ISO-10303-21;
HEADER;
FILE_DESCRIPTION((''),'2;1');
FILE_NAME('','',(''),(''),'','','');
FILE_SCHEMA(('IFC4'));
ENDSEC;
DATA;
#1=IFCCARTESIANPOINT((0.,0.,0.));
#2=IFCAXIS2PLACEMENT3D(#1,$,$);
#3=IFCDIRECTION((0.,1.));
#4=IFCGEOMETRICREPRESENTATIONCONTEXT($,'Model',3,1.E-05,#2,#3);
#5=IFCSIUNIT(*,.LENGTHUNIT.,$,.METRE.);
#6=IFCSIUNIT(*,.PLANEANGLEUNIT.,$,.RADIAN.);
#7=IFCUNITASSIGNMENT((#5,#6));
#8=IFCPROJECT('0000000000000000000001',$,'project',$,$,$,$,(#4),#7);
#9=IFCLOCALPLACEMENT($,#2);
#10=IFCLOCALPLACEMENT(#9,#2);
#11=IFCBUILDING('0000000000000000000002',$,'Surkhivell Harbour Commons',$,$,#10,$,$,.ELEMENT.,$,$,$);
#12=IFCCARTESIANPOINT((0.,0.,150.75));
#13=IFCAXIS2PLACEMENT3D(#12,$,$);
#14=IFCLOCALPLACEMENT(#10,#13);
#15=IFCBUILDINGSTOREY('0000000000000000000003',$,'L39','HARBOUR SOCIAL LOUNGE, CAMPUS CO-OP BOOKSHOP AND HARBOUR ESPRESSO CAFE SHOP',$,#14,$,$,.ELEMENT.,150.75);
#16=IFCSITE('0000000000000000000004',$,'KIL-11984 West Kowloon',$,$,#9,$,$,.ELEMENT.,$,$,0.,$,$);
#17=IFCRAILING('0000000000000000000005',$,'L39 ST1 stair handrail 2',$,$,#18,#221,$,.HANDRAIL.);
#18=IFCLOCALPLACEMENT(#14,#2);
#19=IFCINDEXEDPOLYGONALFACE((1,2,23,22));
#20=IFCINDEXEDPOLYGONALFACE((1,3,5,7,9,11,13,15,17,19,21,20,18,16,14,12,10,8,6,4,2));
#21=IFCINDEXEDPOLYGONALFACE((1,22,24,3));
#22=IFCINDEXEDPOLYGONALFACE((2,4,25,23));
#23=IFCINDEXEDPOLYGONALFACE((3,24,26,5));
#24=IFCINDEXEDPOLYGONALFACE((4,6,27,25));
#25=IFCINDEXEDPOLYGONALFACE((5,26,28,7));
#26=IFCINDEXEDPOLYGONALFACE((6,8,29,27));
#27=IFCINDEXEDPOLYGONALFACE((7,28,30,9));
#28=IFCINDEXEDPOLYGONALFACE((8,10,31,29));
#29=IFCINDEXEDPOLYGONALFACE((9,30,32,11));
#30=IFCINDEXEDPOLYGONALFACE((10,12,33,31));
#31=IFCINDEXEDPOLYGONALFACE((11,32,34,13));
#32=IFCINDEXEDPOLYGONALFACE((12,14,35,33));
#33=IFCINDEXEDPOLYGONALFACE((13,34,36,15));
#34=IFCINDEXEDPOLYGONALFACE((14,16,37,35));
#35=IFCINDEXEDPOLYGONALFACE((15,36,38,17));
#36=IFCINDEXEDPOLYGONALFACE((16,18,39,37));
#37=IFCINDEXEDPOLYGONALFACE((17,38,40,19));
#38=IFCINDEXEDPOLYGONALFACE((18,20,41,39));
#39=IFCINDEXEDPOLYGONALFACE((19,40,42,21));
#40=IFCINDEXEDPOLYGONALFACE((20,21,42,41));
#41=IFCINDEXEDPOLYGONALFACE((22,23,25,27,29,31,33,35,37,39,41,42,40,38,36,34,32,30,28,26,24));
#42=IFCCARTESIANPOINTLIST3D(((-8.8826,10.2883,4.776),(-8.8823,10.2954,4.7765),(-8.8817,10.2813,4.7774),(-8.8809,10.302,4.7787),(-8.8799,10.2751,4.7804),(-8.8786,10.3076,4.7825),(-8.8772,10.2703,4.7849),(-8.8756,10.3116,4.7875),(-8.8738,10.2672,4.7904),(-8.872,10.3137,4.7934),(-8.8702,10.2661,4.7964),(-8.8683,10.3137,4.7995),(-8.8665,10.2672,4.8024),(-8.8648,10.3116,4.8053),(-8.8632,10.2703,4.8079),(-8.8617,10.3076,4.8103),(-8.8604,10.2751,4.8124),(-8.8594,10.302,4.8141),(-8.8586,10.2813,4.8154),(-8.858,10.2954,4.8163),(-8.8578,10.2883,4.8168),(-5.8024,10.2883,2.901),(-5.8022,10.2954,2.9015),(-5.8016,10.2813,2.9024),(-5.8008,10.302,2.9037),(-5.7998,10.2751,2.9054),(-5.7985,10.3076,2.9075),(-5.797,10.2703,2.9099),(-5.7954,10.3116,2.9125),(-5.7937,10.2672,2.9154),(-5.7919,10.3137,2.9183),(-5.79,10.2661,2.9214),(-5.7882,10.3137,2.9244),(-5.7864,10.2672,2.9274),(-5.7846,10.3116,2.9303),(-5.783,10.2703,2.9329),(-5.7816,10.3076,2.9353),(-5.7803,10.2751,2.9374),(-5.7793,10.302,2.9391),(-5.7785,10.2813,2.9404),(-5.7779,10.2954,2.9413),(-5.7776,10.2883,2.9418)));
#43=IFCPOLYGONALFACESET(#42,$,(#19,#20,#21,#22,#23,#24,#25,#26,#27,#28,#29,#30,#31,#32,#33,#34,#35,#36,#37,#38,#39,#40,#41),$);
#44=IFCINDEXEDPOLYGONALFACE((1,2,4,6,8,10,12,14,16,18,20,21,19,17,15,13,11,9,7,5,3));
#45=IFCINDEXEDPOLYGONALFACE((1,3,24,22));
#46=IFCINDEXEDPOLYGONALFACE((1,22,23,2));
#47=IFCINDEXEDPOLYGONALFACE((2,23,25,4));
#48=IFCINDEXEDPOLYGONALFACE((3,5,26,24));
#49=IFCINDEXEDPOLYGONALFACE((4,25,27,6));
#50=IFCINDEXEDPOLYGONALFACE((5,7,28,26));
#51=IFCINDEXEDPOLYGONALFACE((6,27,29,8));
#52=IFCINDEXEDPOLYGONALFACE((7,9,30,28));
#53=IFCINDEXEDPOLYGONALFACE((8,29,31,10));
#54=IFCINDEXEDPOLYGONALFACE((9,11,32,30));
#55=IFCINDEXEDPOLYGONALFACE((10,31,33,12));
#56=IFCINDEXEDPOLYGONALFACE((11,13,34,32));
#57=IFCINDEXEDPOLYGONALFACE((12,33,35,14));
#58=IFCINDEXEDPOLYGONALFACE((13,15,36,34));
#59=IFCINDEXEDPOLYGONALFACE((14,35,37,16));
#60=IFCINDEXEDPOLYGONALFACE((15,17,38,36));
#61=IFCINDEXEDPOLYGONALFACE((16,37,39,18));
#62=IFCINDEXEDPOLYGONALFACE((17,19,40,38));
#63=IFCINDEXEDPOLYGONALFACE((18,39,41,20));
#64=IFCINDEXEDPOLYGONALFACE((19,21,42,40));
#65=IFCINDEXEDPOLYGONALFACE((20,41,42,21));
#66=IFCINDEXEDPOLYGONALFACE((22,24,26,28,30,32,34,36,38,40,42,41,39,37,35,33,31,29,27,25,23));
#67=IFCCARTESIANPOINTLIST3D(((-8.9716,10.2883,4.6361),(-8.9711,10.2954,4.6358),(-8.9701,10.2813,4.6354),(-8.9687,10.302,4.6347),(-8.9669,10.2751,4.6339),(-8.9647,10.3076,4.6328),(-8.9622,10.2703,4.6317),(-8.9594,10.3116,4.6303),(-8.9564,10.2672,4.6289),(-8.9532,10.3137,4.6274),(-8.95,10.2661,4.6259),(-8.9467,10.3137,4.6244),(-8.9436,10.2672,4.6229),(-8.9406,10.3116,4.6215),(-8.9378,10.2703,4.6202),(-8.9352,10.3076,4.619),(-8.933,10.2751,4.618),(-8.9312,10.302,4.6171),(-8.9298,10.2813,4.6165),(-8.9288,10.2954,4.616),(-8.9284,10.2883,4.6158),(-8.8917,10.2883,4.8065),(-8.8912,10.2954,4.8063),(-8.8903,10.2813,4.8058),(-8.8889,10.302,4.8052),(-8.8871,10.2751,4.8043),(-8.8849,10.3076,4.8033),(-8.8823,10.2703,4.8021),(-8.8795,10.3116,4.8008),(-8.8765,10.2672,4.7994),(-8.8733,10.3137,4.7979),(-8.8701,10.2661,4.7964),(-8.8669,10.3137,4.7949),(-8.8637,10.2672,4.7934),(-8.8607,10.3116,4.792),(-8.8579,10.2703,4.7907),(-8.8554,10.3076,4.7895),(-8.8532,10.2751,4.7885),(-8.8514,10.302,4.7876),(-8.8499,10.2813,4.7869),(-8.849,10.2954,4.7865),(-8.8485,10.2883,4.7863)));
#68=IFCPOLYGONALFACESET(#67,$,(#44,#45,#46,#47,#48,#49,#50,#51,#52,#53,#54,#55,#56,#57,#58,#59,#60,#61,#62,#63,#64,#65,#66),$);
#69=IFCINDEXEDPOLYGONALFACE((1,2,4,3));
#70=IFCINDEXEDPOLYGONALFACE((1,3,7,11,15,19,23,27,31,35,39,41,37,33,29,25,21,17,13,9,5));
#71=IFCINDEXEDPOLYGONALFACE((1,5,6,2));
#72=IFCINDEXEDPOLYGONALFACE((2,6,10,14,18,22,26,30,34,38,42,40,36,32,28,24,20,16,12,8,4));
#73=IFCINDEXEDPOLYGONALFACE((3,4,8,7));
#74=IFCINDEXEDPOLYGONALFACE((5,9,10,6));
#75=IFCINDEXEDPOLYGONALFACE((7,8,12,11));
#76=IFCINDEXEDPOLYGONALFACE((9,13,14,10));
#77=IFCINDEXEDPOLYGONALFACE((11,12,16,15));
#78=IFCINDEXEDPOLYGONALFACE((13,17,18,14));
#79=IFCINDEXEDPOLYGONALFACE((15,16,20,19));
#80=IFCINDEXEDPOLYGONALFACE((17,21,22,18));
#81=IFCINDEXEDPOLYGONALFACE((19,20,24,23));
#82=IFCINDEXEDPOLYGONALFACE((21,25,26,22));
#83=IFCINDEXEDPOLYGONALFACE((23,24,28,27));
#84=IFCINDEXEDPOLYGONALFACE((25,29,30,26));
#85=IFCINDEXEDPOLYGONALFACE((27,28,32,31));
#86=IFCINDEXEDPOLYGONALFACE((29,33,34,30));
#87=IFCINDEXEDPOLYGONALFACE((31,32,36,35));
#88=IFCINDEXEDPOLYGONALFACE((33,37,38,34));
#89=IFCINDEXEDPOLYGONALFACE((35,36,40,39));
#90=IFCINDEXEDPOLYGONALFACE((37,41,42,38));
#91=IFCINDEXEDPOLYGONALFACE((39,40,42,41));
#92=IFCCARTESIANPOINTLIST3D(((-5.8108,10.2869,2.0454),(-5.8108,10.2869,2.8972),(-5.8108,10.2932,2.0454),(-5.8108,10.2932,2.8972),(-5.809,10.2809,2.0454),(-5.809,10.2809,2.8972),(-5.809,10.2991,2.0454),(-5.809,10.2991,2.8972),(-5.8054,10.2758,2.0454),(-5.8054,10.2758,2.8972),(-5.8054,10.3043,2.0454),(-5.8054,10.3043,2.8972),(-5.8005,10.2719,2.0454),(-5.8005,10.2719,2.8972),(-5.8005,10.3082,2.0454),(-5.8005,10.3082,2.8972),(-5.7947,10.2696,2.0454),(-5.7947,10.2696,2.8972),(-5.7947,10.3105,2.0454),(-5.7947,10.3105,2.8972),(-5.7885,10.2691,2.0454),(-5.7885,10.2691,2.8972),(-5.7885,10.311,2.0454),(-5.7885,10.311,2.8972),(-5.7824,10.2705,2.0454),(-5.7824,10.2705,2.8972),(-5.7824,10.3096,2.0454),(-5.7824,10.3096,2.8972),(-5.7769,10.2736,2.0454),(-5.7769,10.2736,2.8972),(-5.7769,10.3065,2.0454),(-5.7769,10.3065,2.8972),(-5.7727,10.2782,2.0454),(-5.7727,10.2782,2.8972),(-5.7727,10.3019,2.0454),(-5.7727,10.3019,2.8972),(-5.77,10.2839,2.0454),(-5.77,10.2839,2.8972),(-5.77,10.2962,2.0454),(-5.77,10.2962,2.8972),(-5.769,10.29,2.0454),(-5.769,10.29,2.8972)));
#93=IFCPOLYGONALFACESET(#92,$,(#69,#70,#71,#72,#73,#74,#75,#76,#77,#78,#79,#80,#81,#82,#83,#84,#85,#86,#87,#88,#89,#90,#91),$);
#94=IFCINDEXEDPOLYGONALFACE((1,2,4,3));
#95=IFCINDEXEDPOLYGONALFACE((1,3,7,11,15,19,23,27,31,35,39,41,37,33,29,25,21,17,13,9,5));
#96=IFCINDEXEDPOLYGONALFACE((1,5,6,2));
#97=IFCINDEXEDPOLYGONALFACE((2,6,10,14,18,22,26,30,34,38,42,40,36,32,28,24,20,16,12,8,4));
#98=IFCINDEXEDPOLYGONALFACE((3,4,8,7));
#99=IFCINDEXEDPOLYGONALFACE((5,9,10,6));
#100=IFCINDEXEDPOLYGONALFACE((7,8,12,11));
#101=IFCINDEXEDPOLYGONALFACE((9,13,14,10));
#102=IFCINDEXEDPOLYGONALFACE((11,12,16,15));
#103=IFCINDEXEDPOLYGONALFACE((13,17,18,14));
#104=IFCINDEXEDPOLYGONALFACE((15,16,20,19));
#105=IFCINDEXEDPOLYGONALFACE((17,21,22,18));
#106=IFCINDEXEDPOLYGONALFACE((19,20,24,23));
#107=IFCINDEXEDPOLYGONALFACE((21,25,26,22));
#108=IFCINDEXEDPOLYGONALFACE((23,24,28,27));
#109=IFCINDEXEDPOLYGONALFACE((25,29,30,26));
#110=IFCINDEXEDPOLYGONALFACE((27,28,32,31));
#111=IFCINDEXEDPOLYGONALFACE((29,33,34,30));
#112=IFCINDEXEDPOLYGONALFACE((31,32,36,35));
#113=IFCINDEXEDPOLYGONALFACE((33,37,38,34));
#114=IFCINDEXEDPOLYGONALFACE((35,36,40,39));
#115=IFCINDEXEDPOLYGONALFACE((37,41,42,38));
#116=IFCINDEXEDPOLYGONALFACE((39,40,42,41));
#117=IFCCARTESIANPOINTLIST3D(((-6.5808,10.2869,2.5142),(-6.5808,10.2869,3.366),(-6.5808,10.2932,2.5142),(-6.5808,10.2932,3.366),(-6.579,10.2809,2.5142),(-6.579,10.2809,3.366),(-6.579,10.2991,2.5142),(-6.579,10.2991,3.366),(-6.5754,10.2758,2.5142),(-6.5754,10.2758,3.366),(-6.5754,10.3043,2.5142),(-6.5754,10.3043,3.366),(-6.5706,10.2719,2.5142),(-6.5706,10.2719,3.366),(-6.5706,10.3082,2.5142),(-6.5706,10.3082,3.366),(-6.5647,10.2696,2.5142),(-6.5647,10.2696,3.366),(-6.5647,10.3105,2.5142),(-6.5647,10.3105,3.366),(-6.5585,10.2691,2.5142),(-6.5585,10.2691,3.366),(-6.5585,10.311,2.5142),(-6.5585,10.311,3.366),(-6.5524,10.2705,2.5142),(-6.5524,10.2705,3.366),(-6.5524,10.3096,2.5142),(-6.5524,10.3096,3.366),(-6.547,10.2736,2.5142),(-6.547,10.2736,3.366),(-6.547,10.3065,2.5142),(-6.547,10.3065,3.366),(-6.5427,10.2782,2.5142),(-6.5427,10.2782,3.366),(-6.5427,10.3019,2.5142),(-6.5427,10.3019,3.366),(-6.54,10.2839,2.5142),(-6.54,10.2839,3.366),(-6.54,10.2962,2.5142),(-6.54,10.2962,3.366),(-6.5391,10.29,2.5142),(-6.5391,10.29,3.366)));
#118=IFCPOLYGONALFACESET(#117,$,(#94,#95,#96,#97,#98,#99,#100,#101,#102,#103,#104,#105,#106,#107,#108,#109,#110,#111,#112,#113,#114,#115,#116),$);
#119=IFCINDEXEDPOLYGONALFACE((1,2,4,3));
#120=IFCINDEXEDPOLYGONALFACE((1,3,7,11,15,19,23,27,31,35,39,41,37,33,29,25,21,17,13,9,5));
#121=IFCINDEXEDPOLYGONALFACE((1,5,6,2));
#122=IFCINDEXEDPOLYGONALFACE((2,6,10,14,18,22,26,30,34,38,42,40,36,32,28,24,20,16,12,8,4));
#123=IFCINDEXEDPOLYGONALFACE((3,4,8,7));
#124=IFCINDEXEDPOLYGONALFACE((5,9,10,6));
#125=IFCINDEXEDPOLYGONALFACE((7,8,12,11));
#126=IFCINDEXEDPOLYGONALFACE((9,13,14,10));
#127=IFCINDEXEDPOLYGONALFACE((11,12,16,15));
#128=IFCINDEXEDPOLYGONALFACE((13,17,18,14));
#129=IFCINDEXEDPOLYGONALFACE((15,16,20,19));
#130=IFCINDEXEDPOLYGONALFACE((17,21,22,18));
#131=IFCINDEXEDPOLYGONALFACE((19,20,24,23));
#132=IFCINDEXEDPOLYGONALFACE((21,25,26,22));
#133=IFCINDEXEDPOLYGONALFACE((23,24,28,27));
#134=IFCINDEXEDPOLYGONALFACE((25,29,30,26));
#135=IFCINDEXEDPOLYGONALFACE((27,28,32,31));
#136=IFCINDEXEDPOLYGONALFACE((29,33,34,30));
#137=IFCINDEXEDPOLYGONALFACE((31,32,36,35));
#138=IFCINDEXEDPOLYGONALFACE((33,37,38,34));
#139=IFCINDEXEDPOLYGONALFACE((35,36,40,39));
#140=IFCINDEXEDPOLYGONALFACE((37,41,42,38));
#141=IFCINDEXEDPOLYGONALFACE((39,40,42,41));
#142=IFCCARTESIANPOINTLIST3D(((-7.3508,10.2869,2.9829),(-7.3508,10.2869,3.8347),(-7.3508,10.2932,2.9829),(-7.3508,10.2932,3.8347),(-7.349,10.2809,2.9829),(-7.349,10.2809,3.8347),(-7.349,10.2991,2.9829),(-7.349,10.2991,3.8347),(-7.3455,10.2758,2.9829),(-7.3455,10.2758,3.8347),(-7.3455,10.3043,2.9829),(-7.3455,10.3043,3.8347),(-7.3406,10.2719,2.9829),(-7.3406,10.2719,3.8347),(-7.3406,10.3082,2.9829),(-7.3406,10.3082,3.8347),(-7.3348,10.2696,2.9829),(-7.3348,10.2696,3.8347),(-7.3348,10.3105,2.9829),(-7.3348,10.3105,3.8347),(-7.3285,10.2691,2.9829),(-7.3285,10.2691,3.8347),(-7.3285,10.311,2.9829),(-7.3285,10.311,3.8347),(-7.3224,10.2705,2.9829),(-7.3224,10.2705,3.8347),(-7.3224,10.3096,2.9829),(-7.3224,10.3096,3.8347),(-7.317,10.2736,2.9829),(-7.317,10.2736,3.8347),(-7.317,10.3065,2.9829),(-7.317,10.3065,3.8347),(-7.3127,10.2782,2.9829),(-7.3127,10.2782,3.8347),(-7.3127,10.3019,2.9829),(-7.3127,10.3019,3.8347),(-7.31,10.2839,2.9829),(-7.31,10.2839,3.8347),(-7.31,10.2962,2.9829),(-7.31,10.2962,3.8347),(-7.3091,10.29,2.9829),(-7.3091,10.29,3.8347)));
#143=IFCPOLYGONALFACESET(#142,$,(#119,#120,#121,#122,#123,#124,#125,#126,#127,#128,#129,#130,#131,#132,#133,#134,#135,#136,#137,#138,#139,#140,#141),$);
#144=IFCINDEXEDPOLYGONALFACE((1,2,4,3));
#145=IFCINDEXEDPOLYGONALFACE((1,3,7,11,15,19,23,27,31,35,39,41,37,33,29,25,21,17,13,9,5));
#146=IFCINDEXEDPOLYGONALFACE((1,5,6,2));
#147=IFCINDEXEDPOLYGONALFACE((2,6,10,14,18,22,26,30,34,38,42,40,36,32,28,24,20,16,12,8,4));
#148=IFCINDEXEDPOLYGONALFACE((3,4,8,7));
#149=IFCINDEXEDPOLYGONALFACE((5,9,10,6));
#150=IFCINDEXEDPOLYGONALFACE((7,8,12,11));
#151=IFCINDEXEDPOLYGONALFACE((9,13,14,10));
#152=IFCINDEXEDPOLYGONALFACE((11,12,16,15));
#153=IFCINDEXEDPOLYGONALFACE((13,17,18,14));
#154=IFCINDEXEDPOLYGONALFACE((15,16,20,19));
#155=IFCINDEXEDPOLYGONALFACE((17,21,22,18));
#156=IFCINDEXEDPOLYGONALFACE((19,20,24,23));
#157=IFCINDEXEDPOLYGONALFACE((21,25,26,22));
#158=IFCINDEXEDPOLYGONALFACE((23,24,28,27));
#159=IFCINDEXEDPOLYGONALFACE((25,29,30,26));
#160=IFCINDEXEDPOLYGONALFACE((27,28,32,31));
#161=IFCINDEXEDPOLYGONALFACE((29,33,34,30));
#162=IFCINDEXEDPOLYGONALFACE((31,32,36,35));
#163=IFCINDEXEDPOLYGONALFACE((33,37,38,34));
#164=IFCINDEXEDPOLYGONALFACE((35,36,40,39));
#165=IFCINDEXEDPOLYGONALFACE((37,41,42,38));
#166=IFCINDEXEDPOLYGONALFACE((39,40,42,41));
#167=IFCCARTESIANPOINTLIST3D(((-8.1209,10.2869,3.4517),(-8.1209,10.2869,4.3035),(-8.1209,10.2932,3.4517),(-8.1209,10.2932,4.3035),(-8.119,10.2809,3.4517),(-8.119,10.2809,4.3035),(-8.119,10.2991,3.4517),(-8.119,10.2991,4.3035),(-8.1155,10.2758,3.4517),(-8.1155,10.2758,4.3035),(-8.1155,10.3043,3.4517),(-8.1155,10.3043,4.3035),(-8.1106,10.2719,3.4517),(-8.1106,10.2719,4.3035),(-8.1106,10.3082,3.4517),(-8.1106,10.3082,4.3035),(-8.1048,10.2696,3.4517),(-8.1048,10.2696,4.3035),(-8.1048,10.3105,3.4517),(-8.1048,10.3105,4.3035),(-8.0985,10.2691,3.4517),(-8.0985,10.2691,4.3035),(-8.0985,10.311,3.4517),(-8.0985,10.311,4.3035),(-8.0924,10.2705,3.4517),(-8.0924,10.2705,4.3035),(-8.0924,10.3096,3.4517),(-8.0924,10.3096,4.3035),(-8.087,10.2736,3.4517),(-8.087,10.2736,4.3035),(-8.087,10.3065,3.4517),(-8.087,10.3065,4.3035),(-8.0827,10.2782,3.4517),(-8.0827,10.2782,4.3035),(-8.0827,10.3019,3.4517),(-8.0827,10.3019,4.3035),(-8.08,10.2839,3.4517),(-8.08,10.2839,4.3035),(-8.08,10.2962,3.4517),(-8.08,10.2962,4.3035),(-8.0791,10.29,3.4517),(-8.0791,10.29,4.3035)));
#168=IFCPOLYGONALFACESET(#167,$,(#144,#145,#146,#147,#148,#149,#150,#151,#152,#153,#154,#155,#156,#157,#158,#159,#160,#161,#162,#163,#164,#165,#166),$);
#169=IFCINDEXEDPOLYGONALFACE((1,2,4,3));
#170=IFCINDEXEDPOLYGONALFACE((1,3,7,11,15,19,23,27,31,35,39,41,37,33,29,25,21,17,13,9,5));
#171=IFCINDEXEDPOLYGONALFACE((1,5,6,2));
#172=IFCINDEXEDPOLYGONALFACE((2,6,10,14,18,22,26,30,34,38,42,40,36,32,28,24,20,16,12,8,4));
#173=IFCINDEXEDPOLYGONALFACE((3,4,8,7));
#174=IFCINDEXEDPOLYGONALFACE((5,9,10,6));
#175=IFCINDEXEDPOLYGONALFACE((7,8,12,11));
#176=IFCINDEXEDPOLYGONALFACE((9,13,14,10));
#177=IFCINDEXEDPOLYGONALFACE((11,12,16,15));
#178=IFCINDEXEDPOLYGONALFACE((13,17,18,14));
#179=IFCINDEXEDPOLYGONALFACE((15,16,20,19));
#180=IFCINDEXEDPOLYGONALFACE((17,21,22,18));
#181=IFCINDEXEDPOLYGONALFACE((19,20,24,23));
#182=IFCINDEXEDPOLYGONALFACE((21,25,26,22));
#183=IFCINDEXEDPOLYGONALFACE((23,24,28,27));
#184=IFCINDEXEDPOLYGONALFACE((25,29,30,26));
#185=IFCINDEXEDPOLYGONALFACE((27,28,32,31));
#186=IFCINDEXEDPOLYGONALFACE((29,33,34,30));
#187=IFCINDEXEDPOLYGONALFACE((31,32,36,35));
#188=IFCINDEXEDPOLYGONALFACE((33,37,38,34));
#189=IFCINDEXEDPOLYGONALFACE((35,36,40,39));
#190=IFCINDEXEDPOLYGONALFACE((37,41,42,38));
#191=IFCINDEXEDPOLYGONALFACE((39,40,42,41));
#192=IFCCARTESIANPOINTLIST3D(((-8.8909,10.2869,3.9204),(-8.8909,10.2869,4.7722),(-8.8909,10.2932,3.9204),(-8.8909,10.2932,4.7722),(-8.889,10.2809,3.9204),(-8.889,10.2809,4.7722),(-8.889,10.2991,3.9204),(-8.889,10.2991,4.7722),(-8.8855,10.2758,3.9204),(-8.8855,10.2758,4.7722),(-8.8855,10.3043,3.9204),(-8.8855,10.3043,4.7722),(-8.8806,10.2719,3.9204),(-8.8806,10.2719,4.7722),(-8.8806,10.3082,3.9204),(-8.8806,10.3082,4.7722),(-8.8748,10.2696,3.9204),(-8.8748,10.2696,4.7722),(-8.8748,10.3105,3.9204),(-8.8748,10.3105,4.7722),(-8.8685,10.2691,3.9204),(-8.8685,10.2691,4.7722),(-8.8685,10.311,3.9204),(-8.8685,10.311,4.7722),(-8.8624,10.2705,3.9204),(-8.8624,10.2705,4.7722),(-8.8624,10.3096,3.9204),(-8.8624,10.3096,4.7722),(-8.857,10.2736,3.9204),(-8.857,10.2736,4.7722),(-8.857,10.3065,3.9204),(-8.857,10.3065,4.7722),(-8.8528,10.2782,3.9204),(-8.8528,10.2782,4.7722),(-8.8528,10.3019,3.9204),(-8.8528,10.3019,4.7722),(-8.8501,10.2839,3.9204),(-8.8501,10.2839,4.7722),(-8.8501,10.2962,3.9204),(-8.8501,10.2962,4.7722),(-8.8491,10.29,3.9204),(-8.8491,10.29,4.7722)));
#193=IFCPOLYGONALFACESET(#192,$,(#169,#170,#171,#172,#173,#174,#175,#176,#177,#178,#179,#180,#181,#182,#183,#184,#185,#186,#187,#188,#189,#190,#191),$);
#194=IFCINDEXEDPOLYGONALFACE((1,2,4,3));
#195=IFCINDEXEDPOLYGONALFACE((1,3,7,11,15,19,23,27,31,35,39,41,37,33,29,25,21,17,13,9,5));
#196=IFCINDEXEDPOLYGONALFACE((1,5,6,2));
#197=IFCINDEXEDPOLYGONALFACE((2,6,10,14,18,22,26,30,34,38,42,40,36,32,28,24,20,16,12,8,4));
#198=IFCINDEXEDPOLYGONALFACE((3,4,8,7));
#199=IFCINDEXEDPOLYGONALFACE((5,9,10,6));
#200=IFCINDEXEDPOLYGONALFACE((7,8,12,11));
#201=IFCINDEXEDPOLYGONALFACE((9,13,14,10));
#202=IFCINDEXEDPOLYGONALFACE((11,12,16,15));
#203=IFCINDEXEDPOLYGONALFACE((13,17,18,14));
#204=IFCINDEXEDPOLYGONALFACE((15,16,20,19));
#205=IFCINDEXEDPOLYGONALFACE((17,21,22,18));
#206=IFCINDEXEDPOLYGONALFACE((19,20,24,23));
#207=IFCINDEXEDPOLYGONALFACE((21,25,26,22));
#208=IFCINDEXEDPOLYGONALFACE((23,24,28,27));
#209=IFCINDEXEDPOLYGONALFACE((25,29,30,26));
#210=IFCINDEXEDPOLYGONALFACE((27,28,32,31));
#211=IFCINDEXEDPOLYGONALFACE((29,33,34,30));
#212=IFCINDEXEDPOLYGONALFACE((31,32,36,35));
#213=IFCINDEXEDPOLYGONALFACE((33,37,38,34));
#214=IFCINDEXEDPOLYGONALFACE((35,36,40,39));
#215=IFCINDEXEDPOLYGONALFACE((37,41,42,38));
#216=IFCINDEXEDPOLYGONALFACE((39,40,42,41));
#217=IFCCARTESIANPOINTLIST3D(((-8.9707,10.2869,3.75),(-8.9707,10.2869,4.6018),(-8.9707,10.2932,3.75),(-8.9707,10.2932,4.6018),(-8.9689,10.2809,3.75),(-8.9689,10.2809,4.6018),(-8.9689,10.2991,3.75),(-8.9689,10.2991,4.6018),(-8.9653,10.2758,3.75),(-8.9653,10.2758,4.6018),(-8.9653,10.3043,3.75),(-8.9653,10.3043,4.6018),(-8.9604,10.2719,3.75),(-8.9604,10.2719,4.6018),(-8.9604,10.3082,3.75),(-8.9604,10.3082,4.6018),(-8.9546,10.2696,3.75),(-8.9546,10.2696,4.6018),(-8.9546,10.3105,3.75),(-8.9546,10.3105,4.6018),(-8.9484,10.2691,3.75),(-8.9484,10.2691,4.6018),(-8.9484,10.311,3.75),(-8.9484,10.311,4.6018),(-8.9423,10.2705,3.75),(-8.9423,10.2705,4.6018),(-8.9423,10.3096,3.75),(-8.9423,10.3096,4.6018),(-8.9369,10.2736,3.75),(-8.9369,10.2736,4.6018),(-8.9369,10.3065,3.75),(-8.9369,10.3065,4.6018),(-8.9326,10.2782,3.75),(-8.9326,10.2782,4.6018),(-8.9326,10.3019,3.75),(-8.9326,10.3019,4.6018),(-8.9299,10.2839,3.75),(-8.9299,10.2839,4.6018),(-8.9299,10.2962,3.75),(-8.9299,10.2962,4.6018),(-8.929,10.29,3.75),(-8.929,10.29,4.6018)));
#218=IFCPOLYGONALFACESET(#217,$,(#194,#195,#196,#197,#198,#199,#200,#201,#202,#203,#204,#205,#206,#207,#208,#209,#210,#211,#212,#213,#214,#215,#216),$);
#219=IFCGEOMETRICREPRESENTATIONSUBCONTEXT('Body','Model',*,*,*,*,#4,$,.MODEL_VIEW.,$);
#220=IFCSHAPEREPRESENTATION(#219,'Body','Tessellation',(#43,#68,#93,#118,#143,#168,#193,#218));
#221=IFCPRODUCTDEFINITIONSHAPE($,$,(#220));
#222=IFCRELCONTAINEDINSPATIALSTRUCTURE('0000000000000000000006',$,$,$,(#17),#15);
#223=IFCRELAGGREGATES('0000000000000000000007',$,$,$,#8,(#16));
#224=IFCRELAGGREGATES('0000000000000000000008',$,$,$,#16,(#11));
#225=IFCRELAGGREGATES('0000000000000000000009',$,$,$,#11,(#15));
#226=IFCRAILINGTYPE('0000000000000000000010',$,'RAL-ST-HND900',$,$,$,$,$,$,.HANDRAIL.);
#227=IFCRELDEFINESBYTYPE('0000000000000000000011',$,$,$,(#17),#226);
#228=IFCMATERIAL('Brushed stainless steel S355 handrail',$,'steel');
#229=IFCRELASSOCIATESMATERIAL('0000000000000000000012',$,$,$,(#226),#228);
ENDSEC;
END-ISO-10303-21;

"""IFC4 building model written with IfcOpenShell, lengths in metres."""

from ifc_helpers import new_model, si_unit, direction, frame, origin, origin_2d, place, context, subcontext, project, spatial, circle, extrude, material, type_object, element, save


model = new_model("IFC4")

# Units and contexts
model_context = context("Model", 3, precision=1e-05, world=origin(), true_north=direction((0.0, 1.0)))
body_context = subcontext(model_context, "Body", "Model", "MODEL_VIEW")
ifc_project = project(units=[si_unit("LENGTHUNIT", "METRE"), si_unit("PLANEANGLEUNIT", "RADIAN")], contexts=[model_context])

# Site, building, storey
site_placement = place(None, origin())
site = spatial("IfcSite", under=ifc_project, at=site_placement, Name="KIL-11984 West Kowloon", CompositionType="ELEMENT", RefElevation=0.0)
building_placement = place(site_placement, origin())
building = spatial("IfcBuilding", under=site, at=building_placement, Name="Surkhivell Harbour Commons", CompositionType="ELEMENT")
storey_placement = place(building_placement, frame((0.0, 0.0, 150.75)))
storey = spatial("IfcBuildingStorey", under=building, at=storey_placement, Name="L39", Description="HARBOUR SOCIAL LOUNGE, CAMPUS CO-OP BOOKSHOP AND HARBOUR ESPRESSO CAFE SHOP", CompositionType="ELEMENT", Elevation=150.75)

# Railing
ifc_material_1 = material(Name="Brushed stainless steel S355 handrail", Category="steel")
railing_type_1 = type_object("IfcRailingType", Name="RAL-ST-HND900", PredefinedType="HANDRAIL", material=ifc_material_1)
railing_1_placement = place(storey_placement, frame((-5.79, 10.29, 2.0454)))
element("IfcRailing", 1, at=railing_1_placement, inside=storey, type_object=railing_type_1, Name="L39 ST1 stair handrail 2", PredefinedType="HANDRAIL", context=body_context, shape_type="SweptSolid", body=[
    extrude(circle(Radius=0.0239, at=origin_2d()), frame((0.0, 0.0, 0.876), z_axis=(-0.854178, 0.0, 0.519981), x_axis=(0.0, -1.0, 0.0)), (0.0, 0.0, 1.0), 3.606),
    extrude(circle(Radius=0.0239, at=origin_2d()), frame((-3.0801, 0.0, 2.751), z_axis=(-0.424234, 0.0, -0.905552), x_axis=(0.0, -1.0, 0.0)), (0.0, 0.0, 1.0), 0.1882),
    extrude(circle(Radius=0.021, at=origin_2d()), origin(), (0.0, 0.0, 1.0), 0.8518),
    extrude(circle(Radius=0.021, at=origin_2d()), frame((-0.77, 0.0, 0.4688)), (0.0, 0.0, 1.0), 0.8518),
    extrude(circle(Radius=0.021, at=origin_2d()), frame((-1.54, 0.0, 0.9375)), (0.0, 0.0, 1.0), 0.8518),
    extrude(circle(Radius=0.021, at=origin_2d()), frame((-2.3101, 0.0, 1.4062)), (0.0, 0.0, 1.0), 0.8518),
    extrude(circle(Radius=0.021, at=origin_2d()), frame((-3.0801, 0.0, 1.875)), (0.0, 0.0, 1.0), 0.8518),
    extrude(circle(Radius=0.021, at=origin_2d()), frame((-3.1599, 0.0, 1.7046)), (0.0, 0.0, 1.0), 0.8518),
])

save(model, "model.ifc")
